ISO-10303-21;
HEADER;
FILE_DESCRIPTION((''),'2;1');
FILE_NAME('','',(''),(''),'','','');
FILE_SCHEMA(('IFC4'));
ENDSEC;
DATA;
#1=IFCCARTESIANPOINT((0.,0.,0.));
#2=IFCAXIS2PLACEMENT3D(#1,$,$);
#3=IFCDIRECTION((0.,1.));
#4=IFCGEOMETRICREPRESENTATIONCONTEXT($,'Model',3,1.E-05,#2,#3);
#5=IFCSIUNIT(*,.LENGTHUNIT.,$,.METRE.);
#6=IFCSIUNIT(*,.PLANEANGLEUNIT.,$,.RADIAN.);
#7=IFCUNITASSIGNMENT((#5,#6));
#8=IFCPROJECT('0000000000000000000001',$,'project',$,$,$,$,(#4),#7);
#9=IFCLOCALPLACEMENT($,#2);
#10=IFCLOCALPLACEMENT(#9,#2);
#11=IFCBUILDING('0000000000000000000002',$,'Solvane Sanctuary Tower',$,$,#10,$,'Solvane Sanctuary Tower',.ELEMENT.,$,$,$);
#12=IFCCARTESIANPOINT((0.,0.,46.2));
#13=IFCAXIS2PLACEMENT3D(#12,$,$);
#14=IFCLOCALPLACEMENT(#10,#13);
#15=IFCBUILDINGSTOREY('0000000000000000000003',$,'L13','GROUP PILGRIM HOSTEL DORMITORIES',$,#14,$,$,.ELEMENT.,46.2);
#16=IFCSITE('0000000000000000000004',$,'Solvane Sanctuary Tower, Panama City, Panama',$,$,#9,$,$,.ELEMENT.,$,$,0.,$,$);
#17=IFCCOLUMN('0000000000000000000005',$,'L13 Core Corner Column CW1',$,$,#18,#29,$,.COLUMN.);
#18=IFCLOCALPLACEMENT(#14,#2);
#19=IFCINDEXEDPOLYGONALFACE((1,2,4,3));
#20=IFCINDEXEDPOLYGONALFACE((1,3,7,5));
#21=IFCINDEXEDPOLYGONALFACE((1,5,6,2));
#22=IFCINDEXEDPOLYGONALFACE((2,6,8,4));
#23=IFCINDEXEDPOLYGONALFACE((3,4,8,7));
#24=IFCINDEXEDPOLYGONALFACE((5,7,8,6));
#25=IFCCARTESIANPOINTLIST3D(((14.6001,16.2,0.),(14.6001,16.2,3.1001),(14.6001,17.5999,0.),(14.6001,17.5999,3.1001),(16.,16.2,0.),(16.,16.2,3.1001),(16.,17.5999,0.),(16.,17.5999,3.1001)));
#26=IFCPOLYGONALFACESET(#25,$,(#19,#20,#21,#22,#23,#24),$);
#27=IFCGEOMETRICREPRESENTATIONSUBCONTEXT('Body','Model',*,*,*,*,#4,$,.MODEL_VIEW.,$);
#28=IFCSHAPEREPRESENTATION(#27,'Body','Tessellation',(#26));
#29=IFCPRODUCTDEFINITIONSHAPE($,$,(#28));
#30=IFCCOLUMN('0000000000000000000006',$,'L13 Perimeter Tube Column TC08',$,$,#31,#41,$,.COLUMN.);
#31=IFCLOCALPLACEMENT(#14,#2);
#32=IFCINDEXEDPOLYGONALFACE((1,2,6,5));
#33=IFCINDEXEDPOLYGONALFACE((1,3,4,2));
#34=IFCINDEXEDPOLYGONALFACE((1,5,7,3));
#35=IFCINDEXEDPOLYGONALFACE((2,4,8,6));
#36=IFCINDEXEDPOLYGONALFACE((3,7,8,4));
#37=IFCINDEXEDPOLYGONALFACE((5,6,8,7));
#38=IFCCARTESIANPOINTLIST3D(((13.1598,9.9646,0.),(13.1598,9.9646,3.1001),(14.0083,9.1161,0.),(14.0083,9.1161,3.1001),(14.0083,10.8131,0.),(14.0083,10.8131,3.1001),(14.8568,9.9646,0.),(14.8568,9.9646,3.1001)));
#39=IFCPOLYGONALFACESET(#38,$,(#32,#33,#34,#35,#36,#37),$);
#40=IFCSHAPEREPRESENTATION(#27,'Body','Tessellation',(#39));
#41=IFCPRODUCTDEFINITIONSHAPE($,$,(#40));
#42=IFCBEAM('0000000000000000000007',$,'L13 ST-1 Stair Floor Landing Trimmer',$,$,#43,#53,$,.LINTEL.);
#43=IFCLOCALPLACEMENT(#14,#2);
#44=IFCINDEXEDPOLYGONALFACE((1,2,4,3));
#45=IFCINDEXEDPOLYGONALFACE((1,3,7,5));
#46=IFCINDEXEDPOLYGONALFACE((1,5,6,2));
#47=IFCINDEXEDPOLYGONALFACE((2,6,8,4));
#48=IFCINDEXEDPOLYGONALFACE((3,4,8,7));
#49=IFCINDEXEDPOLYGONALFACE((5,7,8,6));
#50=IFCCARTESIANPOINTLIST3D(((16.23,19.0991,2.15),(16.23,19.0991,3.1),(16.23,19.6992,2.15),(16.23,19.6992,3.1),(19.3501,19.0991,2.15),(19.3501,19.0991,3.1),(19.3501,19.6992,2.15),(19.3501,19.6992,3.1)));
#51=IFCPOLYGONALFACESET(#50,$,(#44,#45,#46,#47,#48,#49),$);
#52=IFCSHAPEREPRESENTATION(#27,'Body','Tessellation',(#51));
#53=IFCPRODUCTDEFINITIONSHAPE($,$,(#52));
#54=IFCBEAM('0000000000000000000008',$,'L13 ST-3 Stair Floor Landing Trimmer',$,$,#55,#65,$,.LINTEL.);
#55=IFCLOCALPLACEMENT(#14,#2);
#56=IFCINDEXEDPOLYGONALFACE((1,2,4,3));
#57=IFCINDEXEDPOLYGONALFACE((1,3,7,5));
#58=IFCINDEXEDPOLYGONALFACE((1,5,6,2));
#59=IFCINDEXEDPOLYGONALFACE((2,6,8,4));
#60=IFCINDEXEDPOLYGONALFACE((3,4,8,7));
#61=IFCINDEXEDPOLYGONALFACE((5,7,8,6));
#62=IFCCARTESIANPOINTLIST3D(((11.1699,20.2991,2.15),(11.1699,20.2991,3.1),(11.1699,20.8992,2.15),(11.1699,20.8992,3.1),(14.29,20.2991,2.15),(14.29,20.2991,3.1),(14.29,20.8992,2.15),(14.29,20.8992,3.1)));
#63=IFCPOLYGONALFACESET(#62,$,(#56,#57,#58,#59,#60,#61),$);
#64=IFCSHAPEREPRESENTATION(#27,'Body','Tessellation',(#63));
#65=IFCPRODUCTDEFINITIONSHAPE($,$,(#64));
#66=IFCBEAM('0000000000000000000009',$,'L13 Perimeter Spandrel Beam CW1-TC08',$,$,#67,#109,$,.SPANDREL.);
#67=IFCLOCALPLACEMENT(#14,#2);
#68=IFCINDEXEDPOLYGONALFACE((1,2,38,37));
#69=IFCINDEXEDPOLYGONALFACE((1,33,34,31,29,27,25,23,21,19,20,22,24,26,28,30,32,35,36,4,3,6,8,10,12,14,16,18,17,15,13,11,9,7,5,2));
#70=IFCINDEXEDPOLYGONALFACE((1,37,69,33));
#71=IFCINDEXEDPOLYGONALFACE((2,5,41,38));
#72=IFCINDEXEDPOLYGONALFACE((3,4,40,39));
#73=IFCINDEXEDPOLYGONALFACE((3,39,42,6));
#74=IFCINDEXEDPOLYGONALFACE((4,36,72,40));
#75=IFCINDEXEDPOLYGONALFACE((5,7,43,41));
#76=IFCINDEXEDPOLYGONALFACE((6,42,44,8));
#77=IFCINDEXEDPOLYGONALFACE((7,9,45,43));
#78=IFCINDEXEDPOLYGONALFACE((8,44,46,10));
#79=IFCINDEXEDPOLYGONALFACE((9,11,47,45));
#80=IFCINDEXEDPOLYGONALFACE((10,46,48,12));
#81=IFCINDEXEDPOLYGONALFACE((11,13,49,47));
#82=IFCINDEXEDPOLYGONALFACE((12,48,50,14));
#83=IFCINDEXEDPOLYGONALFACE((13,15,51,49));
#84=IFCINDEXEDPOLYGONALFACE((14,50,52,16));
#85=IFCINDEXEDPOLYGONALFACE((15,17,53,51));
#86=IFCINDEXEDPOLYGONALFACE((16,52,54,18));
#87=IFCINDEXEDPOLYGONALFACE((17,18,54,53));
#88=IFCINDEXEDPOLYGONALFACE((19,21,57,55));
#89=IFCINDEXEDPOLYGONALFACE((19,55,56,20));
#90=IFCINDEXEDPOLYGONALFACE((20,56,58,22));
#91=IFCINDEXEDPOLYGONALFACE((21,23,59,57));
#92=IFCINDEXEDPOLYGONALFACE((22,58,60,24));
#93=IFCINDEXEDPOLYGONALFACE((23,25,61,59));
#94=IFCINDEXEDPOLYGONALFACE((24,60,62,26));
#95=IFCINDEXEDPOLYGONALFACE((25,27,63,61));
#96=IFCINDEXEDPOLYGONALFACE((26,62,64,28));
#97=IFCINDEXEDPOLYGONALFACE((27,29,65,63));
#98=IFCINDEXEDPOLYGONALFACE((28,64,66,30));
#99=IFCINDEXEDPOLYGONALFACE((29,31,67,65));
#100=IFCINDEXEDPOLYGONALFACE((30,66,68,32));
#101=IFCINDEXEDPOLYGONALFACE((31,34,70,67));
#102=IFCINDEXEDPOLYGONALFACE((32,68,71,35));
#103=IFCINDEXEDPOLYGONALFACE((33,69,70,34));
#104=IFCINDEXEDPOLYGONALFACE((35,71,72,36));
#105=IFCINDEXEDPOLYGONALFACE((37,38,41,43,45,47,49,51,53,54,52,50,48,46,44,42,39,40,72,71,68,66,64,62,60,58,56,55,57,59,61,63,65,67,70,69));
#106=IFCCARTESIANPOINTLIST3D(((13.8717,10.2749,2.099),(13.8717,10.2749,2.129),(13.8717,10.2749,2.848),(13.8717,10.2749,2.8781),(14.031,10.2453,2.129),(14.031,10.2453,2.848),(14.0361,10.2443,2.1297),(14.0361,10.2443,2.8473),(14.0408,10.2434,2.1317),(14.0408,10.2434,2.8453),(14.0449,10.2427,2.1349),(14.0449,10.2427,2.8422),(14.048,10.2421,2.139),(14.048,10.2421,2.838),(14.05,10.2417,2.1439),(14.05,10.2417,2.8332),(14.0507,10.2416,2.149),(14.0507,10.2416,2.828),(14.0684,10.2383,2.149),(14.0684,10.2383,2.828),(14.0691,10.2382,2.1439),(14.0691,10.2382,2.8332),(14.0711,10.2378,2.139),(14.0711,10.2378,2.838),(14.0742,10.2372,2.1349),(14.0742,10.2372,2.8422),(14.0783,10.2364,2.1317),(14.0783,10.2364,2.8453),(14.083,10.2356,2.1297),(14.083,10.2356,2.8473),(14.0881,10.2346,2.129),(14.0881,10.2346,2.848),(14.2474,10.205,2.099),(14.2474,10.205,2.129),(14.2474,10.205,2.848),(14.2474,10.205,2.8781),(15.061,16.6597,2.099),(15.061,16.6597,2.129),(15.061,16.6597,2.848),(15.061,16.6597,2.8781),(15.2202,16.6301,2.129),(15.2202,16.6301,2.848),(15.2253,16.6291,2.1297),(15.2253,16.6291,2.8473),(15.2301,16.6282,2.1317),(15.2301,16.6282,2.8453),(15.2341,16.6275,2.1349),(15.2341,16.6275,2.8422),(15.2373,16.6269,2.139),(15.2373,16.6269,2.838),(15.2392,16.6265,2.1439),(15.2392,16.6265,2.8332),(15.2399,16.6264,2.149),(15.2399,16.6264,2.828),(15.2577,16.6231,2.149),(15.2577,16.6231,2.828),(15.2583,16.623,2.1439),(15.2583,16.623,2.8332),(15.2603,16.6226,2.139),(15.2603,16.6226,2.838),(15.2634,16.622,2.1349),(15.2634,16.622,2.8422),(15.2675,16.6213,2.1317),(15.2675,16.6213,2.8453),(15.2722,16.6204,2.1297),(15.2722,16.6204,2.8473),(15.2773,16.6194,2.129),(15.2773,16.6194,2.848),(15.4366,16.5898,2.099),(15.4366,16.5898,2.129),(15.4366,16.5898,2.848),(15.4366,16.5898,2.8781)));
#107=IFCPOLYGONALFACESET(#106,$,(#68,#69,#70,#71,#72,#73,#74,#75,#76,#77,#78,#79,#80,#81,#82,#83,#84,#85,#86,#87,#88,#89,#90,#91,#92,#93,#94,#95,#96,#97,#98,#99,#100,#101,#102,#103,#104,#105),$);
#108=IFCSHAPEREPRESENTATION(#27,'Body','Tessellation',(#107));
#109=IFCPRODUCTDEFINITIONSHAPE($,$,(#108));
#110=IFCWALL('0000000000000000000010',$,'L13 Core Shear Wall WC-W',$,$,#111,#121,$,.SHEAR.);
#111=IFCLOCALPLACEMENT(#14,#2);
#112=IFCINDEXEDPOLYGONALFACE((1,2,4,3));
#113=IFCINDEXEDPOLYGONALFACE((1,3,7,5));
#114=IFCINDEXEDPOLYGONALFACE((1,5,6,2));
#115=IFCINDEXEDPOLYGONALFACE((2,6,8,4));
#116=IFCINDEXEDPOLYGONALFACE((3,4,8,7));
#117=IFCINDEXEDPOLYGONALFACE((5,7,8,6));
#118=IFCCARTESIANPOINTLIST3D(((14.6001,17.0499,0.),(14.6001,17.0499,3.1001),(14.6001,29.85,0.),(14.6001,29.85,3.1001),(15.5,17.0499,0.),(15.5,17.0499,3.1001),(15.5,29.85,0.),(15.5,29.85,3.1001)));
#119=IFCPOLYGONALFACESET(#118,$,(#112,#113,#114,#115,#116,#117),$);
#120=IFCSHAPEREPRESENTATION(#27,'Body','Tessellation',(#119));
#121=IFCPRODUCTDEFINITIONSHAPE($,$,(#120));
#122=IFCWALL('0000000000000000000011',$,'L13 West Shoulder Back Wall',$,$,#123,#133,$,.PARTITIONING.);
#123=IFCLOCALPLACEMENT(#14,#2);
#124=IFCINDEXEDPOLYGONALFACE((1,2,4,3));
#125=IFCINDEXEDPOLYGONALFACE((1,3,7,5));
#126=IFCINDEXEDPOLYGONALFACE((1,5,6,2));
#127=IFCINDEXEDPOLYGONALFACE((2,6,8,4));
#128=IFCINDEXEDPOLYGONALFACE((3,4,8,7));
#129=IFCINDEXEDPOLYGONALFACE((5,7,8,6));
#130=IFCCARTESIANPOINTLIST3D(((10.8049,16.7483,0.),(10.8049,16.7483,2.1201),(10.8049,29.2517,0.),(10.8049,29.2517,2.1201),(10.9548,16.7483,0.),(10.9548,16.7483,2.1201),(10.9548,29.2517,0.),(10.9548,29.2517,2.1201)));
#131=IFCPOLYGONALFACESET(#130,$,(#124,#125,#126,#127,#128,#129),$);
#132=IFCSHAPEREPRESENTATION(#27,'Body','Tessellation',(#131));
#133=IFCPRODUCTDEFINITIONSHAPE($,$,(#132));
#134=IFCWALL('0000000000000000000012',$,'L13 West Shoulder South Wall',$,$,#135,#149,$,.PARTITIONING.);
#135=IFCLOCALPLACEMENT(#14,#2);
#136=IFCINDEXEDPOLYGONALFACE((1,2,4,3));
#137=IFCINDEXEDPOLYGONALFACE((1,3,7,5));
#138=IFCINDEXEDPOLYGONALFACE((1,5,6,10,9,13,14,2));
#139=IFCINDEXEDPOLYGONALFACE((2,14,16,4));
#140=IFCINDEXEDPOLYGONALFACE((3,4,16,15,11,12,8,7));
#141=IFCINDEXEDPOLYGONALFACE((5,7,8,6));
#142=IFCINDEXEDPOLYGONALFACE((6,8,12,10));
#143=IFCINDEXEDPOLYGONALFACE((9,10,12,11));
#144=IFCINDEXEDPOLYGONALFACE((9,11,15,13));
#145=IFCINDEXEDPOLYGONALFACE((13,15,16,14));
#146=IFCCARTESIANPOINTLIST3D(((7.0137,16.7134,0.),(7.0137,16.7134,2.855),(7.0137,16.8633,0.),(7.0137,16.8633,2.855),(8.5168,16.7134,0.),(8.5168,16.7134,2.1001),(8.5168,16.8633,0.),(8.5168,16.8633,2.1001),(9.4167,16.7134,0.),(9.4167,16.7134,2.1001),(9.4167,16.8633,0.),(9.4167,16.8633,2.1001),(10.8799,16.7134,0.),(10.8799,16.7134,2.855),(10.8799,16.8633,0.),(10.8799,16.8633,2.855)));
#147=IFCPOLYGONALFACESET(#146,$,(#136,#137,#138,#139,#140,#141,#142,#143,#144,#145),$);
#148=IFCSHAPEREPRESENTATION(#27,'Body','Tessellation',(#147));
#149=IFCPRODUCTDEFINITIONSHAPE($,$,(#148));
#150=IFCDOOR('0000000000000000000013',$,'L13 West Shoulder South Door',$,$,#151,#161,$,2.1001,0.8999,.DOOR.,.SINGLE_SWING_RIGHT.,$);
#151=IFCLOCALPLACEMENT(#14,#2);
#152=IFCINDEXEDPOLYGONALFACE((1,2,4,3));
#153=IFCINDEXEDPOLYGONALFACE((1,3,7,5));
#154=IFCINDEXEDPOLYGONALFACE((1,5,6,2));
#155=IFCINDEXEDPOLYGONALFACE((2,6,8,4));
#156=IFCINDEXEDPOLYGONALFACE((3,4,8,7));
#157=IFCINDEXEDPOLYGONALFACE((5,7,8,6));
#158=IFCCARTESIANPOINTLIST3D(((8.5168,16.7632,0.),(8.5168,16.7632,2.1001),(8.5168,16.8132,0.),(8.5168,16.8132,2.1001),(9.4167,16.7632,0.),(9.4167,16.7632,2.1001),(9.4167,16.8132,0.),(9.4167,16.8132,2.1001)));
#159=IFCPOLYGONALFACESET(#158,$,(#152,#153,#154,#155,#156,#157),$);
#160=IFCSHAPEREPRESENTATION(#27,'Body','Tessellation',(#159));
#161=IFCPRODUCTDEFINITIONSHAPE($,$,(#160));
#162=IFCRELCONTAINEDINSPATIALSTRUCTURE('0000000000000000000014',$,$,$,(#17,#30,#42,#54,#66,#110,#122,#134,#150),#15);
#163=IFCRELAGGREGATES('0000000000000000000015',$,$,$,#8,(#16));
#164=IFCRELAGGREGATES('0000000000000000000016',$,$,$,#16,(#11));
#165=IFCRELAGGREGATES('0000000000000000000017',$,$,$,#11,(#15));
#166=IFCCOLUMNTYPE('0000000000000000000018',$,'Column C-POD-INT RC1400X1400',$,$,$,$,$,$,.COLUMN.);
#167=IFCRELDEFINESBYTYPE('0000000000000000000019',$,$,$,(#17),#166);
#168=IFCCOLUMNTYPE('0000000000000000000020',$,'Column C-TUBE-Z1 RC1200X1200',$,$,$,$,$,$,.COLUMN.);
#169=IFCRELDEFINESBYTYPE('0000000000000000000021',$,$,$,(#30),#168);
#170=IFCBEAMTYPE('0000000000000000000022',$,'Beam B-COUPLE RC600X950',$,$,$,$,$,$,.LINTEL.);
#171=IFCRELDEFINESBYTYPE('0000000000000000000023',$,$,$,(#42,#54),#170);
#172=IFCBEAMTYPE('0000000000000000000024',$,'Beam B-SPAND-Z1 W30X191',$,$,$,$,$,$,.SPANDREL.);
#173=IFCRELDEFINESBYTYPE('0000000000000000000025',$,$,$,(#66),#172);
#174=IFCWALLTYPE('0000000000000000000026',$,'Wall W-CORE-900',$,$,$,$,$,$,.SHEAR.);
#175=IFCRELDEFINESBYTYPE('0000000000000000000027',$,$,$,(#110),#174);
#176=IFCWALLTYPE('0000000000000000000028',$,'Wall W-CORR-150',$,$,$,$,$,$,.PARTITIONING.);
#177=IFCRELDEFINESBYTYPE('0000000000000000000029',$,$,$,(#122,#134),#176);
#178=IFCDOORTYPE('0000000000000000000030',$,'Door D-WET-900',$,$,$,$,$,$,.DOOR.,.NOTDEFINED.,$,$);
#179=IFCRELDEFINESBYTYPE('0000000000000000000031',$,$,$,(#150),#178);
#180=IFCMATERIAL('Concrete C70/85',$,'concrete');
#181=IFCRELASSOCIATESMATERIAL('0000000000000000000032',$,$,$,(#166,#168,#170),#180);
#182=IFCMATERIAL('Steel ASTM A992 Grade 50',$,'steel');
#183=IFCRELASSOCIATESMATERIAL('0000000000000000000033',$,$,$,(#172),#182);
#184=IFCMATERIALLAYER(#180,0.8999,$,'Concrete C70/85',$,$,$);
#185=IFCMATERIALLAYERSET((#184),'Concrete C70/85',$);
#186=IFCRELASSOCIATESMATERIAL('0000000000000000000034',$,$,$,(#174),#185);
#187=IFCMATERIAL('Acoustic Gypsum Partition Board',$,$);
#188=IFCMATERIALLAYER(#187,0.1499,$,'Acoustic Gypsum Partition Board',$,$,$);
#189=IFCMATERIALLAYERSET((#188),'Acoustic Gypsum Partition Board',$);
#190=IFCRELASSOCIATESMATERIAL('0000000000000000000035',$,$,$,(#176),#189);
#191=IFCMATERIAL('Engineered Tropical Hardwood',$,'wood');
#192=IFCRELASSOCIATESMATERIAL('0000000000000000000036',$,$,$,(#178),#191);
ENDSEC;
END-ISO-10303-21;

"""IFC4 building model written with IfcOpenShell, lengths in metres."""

from ifc_helpers import new_model, si_unit, direction, frame, frame_2d, origin, origin_2d, place, context, subcontext, project, spatial, rectangle, i_section, extrude, material, layer, layer_set, material_profile, profile_set, type_object, element, fill, save


model = new_model("IFC4")

# Units and contexts
model_context = context("Model", 3, precision=1e-05, world=origin(), true_north=direction((0.0, 1.0)))
body_context = subcontext(model_context, "Body", "Model", "MODEL_VIEW")
ifc_project = project(units=[si_unit("LENGTHUNIT", "METRE"), si_unit("PLANEANGLEUNIT", "RADIAN")], contexts=[model_context])

# Site, building, storey
site_placement = place(None, origin())
site = spatial("IfcSite", under=ifc_project, at=site_placement, Name="Solvane Sanctuary Tower, Panama City, Panama", CompositionType="ELEMENT", RefElevation=0.0)
building_placement = place(site_placement, origin())
building = spatial("IfcBuilding", under=site, at=building_placement, Name="Solvane Sanctuary Tower", LongName="Solvane Sanctuary Tower", CompositionType="ELEMENT")
storey_placement = place(building_placement, frame((0.0, 0.0, 46.2)))
storey = spatial("IfcBuildingStorey", under=building, at=storey_placement, Name="L13", Description="GROUP PILGRIM HOSTEL DORMITORIES", CompositionType="ELEMENT", Elevation=46.2)

# Columns
ifc_material_1 = material(Name="Concrete C70/85", Category="concrete")
ifc_material_profile_1 = material_profile(ifc_material_1, rectangle(XDim=1.3999, YDim=1.3999, at=origin_2d()), Name="RC1400X1400")
ifc_profile_set_1 = profile_set([ifc_material_profile_1], Name="Concrete C70/85")
column_type_1 = type_object("IfcColumnType", Name="Column C-POD-INT RC1400X1400", PredefinedType="COLUMN", material=ifc_profile_set_1)
column_1_placement = place(storey_placement, frame((15.3, 16.8999, 0.0), z_axis=(0.0, 0.0, 1.0), x_axis=(1.0, 0.0, 0.0)))
element("IfcColumn", 1, at=column_1_placement, inside=storey, type_object=column_type_1, Name="L13 Core Corner Column CW1", PredefinedType="COLUMN", context=body_context, shape_type="SweptSolid", body=[
    extrude(rectangle(XDim=1.3999, YDim=1.3999, at=origin_2d()), origin(), (0.0, 0.0, 1.0), 3.1001),
])
ifc_material_profile_2 = material_profile(ifc_material_1, rectangle(XDim=1.2, YDim=1.2, at=origin_2d()), Name="RC1200X1200")
ifc_profile_set_2 = profile_set([ifc_material_profile_2], Name="Concrete C70/85")
column_type_2 = type_object("IfcColumnType", Name="Column C-TUBE-Z1 RC1200X1200", PredefinedType="COLUMN", material=ifc_profile_set_2)
column_2_placement = place(storey_placement, frame((14.0083, 9.9646, 0.0), z_axis=(0.0, 0.0, 1.0), x_axis=(-0.707107, -0.707107, 0.0)))
element("IfcColumn", 2, at=column_2_placement, inside=storey, type_object=column_type_2, Name="L13 Perimeter Tube Column TC08", PredefinedType="COLUMN", context=body_context, shape_type="SweptSolid", body=[
    extrude(rectangle(XDim=1.2, YDim=1.2, at=origin_2d()), origin(), (0.0, 0.0, 1.0), 3.1001),
])

# Beams
ifc_material_profile_3 = material_profile(ifc_material_1, rectangle(XDim=0.6001, YDim=0.95, at=origin_2d()), Name="RC600X950")
ifc_profile_set_3 = profile_set([ifc_material_profile_3], Name="Concrete C70/85")
beam_type_1 = type_object("IfcBeamType", Name="Beam B-COUPLE RC600X950", PredefinedType="LINTEL", material=ifc_profile_set_3)
for number, where, z_axis, x_axis, name in (
    (3, (16.23, 19.3992, 2.625), (1.0, 0.0, 0.0), (0.0, 1.0, 0.0), "L13 ST-1 Stair Floor Landing Trimmer"),
    (4, (11.1699, 20.5991, 2.625), (1.0, 0.0, 0.0), (0.0, 1.0, 0.0), "L13 ST-3 Stair Floor Landing Trimmer"),
):
    element("IfcBeam", number, at=place(storey_placement, frame(where, z_axis=z_axis, x_axis=x_axis)), inside=storey, type_object=beam_type_1, Name=name, PredefinedType="LINTEL", context=body_context, shape_type="SweptSolid", body=[
        extrude(rectangle(XDim=0.6001, YDim=0.95, at=origin_2d()), origin(), (0.0, 0.0, 1.0), 3.1201),
    ])
ifc_material_2 = material(Name="Steel ASTM A992 Grade 50", Category="steel")
ifc_material_profile_4 = material_profile(ifc_material_2, i_section(OverallWidth=0.3821, OverallDepth=0.7791, WebThickness=0.0181, FlangeThickness=0.03, FilletRadius=0.02, at=origin_2d()), Name="W30X191")
ifc_profile_set_4 = profile_set([ifc_material_profile_4], Name="Steel ASTM A992 Grade 50")
beam_type_2 = type_object("IfcBeamType", Name="Beam B-SPAND-Z1 W30X191", PredefinedType="SPANDREL", material=ifc_profile_set_4)
beam_placement = place(storey_placement, frame((15.2488, 16.6248, 2.4885), z_axis=(-0.183108, -0.983093, 0.0), x_axis=(0.983093, -0.183108, 0.0)))
element("IfcBeam", 5, at=beam_placement, inside=storey, type_object=beam_type_2, Name="L13 Perimeter Spandrel Beam CW1-TC08", PredefinedType="SPANDREL", context=body_context, shape_type="SweptSolid", body=[
    extrude(i_section(OverallWidth=0.3821, OverallDepth=0.7791, WebThickness=0.0181, FlangeThickness=0.03, FilletRadius=0.02, at=origin_2d()), origin(), (0.0, 0.0, 1.0), 6.4946),
])

# Walls
ifc_layer_1 = layer(ifc_material_1, 0.8999, Name="Concrete C70/85")
ifc_layer_set_1 = layer_set([ifc_layer_1], Name="Concrete C70/85")
wall_type_1 = type_object("IfcWallType", Name="Wall W-CORE-900", PredefinedType="SHEAR", material=ifc_layer_set_1)
wall_1_placement = place(storey_placement, frame((15.05, 17.05, 0.0), z_axis=(0.0, 0.0, 1.0), x_axis=(0.0, 1.0, 0.0)))
element("IfcWall", 6, at=wall_1_placement, inside=storey, type_object=wall_type_1, Name="L13 Core Shear Wall WC-W", PredefinedType="SHEAR", context=body_context, shape_type="SweptSolid", body=[
    extrude(rectangle(XDim=12.8, YDim=0.8999, at=frame_2d((6.3999, 0.0))), origin(), (0.0, 0.0, 1.0), 3.1001),
])
ifc_material_3 = material(Name="Acoustic Gypsum Partition Board")
ifc_layer_2 = layer(ifc_material_3, 0.1499, Name="Acoustic Gypsum Partition Board")
ifc_layer_set_2 = layer_set([ifc_layer_2], Name="Acoustic Gypsum Partition Board")
wall_type_2 = type_object("IfcWallType", Name="Wall W-CORR-150", PredefinedType="PARTITIONING", material=ifc_layer_set_2)
wall_2_placement = place(storey_placement, frame((10.8799, 16.7483, 0.0), z_axis=(0.0, 0.0, 1.0), x_axis=(0.0, 1.0, 0.0)))
element("IfcWall", 7, at=wall_2_placement, inside=storey, type_object=wall_type_2, Name="L13 West Shoulder Back Wall", PredefinedType="PARTITIONING", context=body_context, shape_type="SweptSolid", body=[
    extrude(rectangle(XDim=12.5034, YDim=0.1499, at=frame_2d((6.2517, 0.0))), origin(), (0.0, 0.0, 1.0), 2.1201),
])

# Wall, opening, door
wall_3_placement = place(storey_placement, frame((7.0137, 16.7883, 0.0), z_axis=(0.0, 0.0, 1.0), x_axis=(1.0, 0.0, 0.0)))
wall_3 = element("IfcWall", 8, at=wall_3_placement, inside=storey, type_object=wall_type_2, Name="L13 West Shoulder South Wall", PredefinedType="PARTITIONING", context=body_context, shape_type="SweptSolid", body=[
    extrude(rectangle(XDim=3.8662, YDim=0.1499, at=frame_2d((1.9331, 0.0))), origin(), (0.0, 0.0, 1.0), 2.855),
])
opening_1_placement = place(wall_3_placement, frame((1.5032, 0.0, 0.0)))
opening_1 = element("IfcOpeningElement", 9, at=opening_1_placement, cuts=wall_3, PredefinedType="OPENING", context=body_context, shape_type="SweptSolid", body=[
    extrude(rectangle(XDim=0.8999, YDim=2.1001, at=frame_2d((0.45, 1.05))), frame((0.0, 0.085, 0.0), z_axis=(0.0, -1.0, 0.0), x_axis=(1.0, 0.0, 0.0)), (0.0, 0.0, 1.0), 0.1699),
])
ifc_material_4 = material(Name="Engineered Tropical Hardwood", Category="wood")
door_type_1 = type_object("IfcDoorType", Name="Door D-WET-900", OperationType="NOTDEFINED", PredefinedType="DOOR", material=ifc_material_4)
door_1_placement = place(opening_1_placement, origin())
door_1 = element("IfcDoor", 10, at=door_1_placement, inside=storey, type_object=door_type_1, Name="L13 West Shoulder South Door", OperationType="SINGLE_SWING_RIGHT", OverallHeight=2.1001, OverallWidth=0.8999, PredefinedType="DOOR", context=body_context, shape_type="SweptSolid", body=[
    extrude(rectangle(XDim=0.8999, YDim=2.1001, at=frame_2d((0.45, 1.05))), frame((0.0, 0.0249, 0.0), z_axis=(0.0, -1.0, 0.0), x_axis=(1.0, 0.0, 0.0)), (0.0, 0.0, 1.0), 0.05),
])
fill(opening_1, door_1)

save(model, "model.ifc")
